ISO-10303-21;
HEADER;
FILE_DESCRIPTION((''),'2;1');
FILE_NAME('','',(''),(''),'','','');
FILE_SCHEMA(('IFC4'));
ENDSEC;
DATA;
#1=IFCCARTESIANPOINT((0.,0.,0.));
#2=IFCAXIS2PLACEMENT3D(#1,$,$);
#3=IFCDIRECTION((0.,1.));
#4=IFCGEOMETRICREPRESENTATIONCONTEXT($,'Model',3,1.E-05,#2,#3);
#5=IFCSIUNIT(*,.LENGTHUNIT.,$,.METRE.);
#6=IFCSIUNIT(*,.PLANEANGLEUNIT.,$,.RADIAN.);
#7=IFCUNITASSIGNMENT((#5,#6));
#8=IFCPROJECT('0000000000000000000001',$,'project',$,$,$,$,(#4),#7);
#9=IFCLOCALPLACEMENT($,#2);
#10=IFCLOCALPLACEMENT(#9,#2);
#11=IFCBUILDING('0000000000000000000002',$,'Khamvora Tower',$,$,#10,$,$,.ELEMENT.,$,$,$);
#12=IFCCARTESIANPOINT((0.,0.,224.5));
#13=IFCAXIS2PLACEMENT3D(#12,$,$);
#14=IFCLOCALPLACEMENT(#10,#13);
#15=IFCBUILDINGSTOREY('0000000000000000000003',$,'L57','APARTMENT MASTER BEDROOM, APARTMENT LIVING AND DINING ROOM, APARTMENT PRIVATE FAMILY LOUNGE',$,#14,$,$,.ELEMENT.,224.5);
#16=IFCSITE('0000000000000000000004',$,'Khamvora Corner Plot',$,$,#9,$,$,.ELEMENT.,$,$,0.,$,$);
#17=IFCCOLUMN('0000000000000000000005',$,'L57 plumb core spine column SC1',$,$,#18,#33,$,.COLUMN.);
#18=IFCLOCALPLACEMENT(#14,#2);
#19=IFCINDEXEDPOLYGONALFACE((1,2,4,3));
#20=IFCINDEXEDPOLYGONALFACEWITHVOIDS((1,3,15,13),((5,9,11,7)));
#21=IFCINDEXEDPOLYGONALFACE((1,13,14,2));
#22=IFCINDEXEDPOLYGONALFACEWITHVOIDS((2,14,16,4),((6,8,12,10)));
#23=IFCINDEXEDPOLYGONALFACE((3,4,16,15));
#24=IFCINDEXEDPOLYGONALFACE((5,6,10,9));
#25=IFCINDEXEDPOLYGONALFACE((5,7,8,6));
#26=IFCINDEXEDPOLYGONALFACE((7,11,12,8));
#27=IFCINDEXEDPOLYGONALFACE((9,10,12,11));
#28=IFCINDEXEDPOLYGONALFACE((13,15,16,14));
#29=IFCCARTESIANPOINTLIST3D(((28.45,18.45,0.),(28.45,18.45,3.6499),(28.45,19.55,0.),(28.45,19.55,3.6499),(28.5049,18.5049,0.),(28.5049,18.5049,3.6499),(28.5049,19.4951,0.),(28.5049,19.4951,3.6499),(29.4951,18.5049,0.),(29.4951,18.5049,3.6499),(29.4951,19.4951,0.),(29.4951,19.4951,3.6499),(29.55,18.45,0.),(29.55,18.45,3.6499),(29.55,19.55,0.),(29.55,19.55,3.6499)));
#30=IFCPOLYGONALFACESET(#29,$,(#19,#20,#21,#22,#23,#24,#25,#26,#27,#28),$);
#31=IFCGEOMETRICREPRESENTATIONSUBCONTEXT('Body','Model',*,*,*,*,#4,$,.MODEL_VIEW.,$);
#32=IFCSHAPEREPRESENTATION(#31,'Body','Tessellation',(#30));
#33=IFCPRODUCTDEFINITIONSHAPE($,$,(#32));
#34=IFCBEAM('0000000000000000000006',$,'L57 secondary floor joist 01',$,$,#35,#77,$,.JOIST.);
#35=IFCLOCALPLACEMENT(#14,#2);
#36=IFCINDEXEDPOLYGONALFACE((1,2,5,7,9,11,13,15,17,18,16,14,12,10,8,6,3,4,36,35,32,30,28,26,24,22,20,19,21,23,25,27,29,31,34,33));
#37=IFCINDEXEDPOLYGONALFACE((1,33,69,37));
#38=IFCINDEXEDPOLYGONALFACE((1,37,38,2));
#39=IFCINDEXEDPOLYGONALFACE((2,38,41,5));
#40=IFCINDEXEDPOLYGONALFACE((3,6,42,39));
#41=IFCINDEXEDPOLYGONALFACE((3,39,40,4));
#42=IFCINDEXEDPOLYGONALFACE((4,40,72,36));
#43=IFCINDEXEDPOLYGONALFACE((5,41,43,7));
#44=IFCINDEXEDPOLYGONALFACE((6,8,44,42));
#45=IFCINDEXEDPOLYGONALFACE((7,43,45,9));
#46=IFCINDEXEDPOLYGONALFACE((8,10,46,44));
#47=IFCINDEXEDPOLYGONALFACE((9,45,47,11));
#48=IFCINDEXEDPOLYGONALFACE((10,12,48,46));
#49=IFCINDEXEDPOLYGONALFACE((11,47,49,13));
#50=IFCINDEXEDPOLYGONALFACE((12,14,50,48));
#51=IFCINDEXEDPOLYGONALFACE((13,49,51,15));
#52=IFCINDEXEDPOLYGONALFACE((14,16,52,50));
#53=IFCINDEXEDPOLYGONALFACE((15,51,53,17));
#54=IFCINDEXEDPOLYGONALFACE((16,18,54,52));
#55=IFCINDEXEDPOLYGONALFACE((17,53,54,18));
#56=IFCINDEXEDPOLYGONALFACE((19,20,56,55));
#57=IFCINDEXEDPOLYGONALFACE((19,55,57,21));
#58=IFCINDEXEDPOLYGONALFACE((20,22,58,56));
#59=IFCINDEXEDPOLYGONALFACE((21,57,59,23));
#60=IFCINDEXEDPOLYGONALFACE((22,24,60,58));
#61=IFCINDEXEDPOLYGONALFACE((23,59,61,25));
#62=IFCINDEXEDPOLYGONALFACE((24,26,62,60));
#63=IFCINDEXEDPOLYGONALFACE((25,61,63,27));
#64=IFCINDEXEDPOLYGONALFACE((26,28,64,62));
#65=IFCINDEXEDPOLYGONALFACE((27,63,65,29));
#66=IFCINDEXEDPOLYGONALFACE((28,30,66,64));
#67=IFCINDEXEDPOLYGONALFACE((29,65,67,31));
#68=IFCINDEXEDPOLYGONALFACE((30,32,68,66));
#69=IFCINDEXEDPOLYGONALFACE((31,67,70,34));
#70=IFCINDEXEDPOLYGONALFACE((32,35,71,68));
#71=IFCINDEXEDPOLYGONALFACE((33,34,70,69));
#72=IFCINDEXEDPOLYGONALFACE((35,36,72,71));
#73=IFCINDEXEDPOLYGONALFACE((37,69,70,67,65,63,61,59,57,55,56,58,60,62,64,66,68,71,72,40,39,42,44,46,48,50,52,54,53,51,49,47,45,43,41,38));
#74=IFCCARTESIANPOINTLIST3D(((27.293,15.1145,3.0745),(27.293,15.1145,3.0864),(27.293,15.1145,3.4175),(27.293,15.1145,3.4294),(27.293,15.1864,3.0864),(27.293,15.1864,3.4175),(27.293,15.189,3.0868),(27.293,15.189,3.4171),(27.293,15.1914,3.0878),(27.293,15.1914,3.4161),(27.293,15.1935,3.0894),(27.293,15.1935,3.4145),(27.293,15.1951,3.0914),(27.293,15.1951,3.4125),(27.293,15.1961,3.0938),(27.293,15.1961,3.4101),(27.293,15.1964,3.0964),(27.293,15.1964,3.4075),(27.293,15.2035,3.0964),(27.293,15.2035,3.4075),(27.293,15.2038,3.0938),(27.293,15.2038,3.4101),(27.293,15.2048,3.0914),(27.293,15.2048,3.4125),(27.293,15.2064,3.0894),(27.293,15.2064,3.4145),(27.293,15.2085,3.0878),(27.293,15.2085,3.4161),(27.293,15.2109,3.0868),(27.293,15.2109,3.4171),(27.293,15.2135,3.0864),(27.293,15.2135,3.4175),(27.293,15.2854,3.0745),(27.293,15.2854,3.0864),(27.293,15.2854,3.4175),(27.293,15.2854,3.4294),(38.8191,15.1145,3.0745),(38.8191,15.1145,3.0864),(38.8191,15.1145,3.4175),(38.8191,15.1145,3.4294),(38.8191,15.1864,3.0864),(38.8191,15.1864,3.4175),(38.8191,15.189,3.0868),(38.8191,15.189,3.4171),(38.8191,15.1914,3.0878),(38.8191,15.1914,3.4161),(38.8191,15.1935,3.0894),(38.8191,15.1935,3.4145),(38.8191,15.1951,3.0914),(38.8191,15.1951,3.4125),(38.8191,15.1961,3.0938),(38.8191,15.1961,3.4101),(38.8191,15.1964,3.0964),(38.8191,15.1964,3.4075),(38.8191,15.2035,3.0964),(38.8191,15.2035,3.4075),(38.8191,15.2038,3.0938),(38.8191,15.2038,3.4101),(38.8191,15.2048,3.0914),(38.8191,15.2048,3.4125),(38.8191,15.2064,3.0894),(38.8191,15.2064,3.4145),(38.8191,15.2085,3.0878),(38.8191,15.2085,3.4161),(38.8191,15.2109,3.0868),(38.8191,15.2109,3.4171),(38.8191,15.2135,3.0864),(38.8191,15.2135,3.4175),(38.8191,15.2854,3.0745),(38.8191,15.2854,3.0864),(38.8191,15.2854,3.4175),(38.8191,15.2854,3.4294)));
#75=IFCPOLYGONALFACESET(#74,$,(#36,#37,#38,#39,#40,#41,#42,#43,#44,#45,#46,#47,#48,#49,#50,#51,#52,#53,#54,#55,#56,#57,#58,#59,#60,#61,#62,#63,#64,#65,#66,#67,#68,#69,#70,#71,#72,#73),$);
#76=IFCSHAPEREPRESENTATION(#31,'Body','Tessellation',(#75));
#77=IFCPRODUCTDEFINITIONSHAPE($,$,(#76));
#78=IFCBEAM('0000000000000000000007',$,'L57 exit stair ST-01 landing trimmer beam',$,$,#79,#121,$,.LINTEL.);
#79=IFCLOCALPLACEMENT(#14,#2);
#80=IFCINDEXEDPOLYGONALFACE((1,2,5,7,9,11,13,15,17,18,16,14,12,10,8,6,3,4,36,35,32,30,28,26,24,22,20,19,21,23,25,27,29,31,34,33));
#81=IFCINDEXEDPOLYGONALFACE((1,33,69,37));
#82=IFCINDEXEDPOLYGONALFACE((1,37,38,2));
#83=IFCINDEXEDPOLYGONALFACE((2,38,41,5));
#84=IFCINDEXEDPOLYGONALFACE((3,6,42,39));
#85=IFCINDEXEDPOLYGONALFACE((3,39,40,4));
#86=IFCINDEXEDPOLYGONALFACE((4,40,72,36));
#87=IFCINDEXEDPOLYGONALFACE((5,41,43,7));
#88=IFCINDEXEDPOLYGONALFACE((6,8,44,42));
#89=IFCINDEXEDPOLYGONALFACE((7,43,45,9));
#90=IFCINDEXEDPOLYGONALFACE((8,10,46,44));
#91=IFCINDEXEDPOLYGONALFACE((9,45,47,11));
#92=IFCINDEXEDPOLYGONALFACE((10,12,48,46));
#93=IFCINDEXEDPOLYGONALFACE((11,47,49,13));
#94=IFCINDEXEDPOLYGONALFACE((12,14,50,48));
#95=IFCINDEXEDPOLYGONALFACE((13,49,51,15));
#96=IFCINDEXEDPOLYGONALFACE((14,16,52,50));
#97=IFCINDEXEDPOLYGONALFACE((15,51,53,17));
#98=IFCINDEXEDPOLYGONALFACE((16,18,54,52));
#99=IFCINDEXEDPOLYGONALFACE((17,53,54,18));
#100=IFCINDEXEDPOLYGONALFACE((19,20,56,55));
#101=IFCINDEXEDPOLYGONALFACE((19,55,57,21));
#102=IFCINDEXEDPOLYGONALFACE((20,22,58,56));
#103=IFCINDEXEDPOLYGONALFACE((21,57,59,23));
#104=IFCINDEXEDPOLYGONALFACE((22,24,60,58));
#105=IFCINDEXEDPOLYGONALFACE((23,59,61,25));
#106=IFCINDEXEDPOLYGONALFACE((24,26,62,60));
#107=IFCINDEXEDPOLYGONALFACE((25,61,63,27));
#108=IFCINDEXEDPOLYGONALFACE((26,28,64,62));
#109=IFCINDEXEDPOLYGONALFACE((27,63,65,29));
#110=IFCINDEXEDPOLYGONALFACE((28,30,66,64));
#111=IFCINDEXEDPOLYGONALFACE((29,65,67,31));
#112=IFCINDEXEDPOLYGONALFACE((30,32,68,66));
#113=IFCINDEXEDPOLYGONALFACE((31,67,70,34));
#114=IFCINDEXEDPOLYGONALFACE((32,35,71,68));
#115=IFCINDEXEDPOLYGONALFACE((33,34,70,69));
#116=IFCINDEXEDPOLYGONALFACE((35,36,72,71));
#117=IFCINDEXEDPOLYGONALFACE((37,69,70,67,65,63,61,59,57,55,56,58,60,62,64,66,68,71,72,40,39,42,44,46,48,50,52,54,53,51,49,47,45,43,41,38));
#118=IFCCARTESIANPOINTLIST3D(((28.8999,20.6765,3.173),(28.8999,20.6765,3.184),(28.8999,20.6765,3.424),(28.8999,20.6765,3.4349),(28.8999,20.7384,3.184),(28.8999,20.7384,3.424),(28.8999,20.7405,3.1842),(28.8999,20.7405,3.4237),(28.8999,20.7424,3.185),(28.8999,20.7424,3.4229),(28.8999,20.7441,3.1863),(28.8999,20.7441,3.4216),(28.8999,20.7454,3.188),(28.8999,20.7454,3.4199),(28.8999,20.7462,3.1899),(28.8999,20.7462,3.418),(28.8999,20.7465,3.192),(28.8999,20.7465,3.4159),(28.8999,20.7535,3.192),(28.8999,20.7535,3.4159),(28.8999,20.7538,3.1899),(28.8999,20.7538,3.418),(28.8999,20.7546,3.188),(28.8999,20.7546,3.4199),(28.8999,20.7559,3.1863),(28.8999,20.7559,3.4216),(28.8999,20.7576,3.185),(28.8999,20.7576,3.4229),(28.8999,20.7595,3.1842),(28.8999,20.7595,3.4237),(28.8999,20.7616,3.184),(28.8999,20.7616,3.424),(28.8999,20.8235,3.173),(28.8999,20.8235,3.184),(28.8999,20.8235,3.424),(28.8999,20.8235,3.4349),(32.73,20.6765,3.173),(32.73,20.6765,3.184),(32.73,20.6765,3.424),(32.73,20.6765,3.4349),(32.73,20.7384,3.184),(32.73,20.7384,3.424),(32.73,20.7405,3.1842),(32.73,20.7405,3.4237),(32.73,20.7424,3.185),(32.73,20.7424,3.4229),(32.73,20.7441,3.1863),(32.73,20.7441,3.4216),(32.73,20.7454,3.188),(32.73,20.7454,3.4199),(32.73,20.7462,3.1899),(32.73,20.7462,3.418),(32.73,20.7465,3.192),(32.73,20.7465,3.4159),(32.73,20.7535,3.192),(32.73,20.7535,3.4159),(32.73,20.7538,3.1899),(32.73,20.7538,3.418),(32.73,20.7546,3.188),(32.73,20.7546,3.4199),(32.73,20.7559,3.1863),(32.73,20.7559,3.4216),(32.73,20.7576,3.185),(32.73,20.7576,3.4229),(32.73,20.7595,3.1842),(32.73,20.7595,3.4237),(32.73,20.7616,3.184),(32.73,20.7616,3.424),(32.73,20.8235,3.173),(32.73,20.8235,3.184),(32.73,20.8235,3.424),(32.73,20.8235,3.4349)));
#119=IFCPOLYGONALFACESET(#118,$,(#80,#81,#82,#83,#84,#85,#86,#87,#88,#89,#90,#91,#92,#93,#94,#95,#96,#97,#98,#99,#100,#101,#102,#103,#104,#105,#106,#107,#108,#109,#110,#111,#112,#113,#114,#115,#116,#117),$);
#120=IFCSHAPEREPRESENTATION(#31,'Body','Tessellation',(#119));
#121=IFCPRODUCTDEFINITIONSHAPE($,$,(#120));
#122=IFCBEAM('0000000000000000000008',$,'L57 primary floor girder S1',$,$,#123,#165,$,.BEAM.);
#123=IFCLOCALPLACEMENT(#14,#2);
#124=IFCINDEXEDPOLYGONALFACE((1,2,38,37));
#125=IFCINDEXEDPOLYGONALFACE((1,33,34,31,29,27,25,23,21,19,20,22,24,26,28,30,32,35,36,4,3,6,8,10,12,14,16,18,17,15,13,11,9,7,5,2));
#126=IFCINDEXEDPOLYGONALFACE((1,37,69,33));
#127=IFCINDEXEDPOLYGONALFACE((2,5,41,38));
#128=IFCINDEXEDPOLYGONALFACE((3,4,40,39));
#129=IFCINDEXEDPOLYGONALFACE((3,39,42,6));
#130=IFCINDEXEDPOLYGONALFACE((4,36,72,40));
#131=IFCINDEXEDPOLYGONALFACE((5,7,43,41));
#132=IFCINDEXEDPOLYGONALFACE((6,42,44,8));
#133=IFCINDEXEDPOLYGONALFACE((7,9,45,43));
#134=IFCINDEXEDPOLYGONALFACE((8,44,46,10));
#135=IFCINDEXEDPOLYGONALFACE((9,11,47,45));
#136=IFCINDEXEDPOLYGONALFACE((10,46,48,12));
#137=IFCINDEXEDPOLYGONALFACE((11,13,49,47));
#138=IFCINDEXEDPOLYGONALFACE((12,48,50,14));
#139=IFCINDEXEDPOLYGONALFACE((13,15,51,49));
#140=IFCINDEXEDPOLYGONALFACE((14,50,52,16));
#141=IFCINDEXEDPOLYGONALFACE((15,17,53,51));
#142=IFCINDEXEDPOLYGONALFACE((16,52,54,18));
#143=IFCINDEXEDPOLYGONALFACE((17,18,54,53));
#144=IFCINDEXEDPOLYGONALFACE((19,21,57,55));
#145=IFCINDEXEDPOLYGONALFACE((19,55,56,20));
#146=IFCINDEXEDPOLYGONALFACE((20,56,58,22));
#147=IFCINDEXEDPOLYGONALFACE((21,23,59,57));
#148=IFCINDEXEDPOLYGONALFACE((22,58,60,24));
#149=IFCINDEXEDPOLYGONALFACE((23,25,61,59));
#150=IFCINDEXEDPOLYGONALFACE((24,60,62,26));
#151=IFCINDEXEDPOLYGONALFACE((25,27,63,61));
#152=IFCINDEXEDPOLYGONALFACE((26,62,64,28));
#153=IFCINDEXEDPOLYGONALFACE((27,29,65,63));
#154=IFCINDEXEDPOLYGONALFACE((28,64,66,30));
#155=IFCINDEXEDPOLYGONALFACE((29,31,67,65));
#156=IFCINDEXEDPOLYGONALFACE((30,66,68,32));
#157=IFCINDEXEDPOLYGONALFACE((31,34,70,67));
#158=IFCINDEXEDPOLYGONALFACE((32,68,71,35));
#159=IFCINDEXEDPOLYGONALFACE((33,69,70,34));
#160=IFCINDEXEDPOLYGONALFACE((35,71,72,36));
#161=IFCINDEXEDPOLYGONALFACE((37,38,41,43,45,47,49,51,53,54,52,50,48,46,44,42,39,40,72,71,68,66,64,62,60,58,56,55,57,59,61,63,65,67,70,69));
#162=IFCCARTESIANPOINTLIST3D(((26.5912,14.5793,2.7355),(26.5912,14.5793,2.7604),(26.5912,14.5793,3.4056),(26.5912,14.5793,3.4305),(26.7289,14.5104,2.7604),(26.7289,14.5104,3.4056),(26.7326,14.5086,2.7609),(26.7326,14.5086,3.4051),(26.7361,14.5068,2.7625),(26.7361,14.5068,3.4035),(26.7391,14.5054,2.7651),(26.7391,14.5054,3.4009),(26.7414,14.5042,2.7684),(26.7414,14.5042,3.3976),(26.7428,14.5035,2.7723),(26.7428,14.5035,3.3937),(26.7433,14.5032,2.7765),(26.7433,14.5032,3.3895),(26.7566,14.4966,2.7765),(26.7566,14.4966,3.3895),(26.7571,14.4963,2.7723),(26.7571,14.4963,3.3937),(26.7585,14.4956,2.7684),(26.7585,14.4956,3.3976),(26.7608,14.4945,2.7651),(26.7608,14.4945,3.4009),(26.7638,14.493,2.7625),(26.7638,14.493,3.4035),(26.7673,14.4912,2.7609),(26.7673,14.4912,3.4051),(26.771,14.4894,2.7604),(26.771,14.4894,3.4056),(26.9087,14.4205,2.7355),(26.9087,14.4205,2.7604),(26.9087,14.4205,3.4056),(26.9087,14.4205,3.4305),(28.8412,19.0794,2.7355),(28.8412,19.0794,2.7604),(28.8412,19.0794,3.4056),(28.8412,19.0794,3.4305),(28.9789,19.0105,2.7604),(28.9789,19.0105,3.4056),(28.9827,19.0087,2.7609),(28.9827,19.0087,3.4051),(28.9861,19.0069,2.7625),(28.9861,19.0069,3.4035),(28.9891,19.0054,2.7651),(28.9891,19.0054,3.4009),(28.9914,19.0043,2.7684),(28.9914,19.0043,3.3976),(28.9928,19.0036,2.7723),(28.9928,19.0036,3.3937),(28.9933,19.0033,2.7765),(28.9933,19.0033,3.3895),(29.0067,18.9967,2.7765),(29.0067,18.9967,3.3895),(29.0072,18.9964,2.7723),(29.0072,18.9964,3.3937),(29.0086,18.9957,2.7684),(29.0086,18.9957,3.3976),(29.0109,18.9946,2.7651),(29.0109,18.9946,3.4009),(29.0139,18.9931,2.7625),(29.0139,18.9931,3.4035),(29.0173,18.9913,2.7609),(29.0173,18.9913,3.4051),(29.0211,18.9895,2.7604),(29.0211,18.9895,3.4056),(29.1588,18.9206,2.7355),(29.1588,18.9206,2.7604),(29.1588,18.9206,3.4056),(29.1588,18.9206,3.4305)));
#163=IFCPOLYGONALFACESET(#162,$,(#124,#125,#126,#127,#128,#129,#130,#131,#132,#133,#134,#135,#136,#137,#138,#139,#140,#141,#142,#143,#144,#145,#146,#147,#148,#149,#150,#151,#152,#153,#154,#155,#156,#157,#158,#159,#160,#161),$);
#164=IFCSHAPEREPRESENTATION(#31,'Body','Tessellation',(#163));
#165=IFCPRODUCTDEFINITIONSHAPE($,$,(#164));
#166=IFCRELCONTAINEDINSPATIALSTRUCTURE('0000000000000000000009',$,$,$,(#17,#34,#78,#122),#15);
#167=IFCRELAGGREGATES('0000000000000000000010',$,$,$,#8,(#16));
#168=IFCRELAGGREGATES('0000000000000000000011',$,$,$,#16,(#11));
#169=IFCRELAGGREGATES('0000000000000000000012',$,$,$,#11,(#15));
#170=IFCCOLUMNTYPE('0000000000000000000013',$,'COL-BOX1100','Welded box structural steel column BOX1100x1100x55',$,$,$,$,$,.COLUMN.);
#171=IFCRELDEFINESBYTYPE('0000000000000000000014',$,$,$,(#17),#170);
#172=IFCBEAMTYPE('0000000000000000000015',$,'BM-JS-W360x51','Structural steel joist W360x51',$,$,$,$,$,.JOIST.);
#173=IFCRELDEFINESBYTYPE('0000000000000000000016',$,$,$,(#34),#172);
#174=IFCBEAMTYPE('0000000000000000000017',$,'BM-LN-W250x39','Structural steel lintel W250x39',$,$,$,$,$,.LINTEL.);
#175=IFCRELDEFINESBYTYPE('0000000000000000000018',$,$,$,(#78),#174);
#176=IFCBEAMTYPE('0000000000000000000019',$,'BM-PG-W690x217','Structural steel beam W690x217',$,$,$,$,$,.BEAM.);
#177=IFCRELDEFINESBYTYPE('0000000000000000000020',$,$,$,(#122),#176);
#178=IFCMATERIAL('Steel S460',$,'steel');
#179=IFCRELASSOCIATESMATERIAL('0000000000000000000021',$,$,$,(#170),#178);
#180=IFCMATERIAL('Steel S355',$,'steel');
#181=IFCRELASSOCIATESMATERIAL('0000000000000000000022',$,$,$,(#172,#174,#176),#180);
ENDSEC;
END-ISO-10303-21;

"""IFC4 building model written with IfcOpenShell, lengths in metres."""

from ifc_helpers import new_model, si_unit, direction, frame, origin, origin_2d, place, context, subcontext, project, spatial, hollow_rectangle, i_section, extrude, material, material_profile, profile_set, type_object, element, save


model = new_model("IFC4")

# Units and contexts
model_context = context("Model", 3, precision=1e-05, world=origin(), true_north=direction((0.0, 1.0)))
body_context = subcontext(model_context, "Body", "Model", "MODEL_VIEW")
ifc_project = project(units=[si_unit("LENGTHUNIT", "METRE"), si_unit("PLANEANGLEUNIT", "RADIAN")], contexts=[model_context])

# Site, building, storey
site_placement = place(None, origin())
site = spatial("IfcSite", under=ifc_project, at=site_placement, Name="Khamvora Corner Plot", CompositionType="ELEMENT", RefElevation=0.0)
building_placement = place(site_placement, origin())
building = spatial("IfcBuilding", under=site, at=building_placement, Name="Khamvora Tower", CompositionType="ELEMENT")
storey_placement = place(building_placement, frame((0.0, 0.0, 224.5)))
storey = spatial("IfcBuildingStorey", under=building, at=storey_placement, Name="L57", Description="APARTMENT MASTER BEDROOM, APARTMENT LIVING AND DINING ROOM, APARTMENT PRIVATE FAMILY LOUNGE", CompositionType="ELEMENT", Elevation=224.5)

# Column
ifc_material_1 = material(Name="Steel S460", Category="steel")
ifc_material_profile_1 = material_profile(ifc_material_1, hollow_rectangle(XDim=1.1001, YDim=1.1001, WallThickness=0.0549, at=origin_2d()), Name="BOX1100x1100x55")
ifc_profile_set_1 = profile_set([ifc_material_profile_1], Name="Steel S460")
column_type = type_object("IfcColumnType", Name="COL-BOX1100", Description="Welded box structural steel column BOX1100x1100x55", PredefinedType="COLUMN", material=ifc_profile_set_1)
column_placement = place(storey_placement, frame((29.0, 19.0, 0.0), z_axis=(0.0, 0.0, 1.0), x_axis=(1.0, 0.0, 0.0)))
element("IfcColumn", 1, at=column_placement, inside=storey, type_object=column_type, Name="L57 plumb core spine column SC1", PredefinedType="COLUMN", context=body_context, shape_type="SweptSolid", body=[
    extrude(hollow_rectangle(XDim=1.1001, YDim=1.1001, WallThickness=0.0549, at=origin_2d()), origin(), (0.0, 0.0, 1.0), 3.6499),
])

# Beams
ifc_material_2 = material(Name="Steel S355", Category="steel")
ifc_material_profile_2 = material_profile(ifc_material_2, i_section(OverallWidth=0.1709, OverallDepth=0.355, WebThickness=0.0071, FlangeThickness=0.012, FilletRadius=0.01, at=origin_2d()), Name="W360x51")
ifc_profile_set_2 = profile_set([ifc_material_profile_2], Name="Steel S355")
beam_type_1 = type_object("IfcBeamType", Name="BM-JS-W360x51", Description="Structural steel joist W360x51", PredefinedType="JOIST", material=ifc_profile_set_2)
beam_1_placement = place(storey_placement, frame((27.293, 15.2, 3.252), z_axis=(1.0, 0.0, 0.0), x_axis=(0.0, 1.0, 0.0)))
element("IfcBeam", 2, at=beam_1_placement, inside=storey, type_object=beam_type_1, Name="L57 secondary floor joist 01", PredefinedType="JOIST", context=body_context, shape_type="SweptSolid", body=[
    extrude(i_section(OverallWidth=0.1709, OverallDepth=0.355, WebThickness=0.0071, FlangeThickness=0.012, FilletRadius=0.01, at=origin_2d()), origin(), (0.0, 0.0, 1.0), 11.5261),
])
ifc_material_profile_3 = material_profile(ifc_material_2, i_section(OverallWidth=0.147, OverallDepth=0.262, WebThickness=0.0071, FlangeThickness=0.011, FilletRadius=0.0081, at=origin_2d()), Name="W250x39")
ifc_profile_set_3 = profile_set([ifc_material_profile_3], Name="Steel S355")
beam_type_2 = type_object("IfcBeamType", Name="BM-LN-W250x39", Description="Structural steel lintel W250x39", PredefinedType="LINTEL", material=ifc_profile_set_3)
beam_2_placement = place(storey_placement, frame((28.8999, 20.75, 3.304), z_axis=(1.0, 0.0, 0.0), x_axis=(0.0, 1.0, 0.0)))
element("IfcBeam", 3, at=beam_2_placement, inside=storey, type_object=beam_type_2, Name="L57 exit stair ST-01 landing trimmer beam", PredefinedType="LINTEL", context=body_context, shape_type="SweptSolid", body=[
    extrude(i_section(OverallWidth=0.147, OverallDepth=0.262, WebThickness=0.0071, FlangeThickness=0.011, FilletRadius=0.0081, at=origin_2d()), origin(), (0.0, 0.0, 1.0), 3.8301),
])
ifc_material_profile_4 = material_profile(ifc_material_2, i_section(OverallWidth=0.355, OverallDepth=0.6951, WebThickness=0.0149, FlangeThickness=0.0249, FilletRadius=0.0161, at=origin_2d()), Name="W690x217")
ifc_profile_set_4 = profile_set([ifc_material_profile_4], Name="Steel S355")
beam_type_3 = type_object("IfcBeamType", Name="BM-PG-W690x217", Description="Structural steel beam W690x217", PredefinedType="BEAM", material=ifc_profile_set_4)
beam_3_placement = place(storey_placement, frame((29.0, 19.0, 3.083), z_axis=(-0.447214, -0.894427, 0.0), x_axis=(0.894427, -0.447214, 0.0)))
element("IfcBeam", 4, at=beam_3_placement, inside=storey, type_object=beam_type_3, Name="L57 primary floor girder S1", PredefinedType="BEAM", context=body_context, shape_type="SweptSolid", body=[
    extrude(i_section(OverallWidth=0.355, OverallDepth=0.6951, WebThickness=0.0149, FlangeThickness=0.0249, FilletRadius=0.0161, at=origin_2d()), origin(), (0.0, 0.0, 1.0), 5.0312),
])

save(model, "model.ifc")
